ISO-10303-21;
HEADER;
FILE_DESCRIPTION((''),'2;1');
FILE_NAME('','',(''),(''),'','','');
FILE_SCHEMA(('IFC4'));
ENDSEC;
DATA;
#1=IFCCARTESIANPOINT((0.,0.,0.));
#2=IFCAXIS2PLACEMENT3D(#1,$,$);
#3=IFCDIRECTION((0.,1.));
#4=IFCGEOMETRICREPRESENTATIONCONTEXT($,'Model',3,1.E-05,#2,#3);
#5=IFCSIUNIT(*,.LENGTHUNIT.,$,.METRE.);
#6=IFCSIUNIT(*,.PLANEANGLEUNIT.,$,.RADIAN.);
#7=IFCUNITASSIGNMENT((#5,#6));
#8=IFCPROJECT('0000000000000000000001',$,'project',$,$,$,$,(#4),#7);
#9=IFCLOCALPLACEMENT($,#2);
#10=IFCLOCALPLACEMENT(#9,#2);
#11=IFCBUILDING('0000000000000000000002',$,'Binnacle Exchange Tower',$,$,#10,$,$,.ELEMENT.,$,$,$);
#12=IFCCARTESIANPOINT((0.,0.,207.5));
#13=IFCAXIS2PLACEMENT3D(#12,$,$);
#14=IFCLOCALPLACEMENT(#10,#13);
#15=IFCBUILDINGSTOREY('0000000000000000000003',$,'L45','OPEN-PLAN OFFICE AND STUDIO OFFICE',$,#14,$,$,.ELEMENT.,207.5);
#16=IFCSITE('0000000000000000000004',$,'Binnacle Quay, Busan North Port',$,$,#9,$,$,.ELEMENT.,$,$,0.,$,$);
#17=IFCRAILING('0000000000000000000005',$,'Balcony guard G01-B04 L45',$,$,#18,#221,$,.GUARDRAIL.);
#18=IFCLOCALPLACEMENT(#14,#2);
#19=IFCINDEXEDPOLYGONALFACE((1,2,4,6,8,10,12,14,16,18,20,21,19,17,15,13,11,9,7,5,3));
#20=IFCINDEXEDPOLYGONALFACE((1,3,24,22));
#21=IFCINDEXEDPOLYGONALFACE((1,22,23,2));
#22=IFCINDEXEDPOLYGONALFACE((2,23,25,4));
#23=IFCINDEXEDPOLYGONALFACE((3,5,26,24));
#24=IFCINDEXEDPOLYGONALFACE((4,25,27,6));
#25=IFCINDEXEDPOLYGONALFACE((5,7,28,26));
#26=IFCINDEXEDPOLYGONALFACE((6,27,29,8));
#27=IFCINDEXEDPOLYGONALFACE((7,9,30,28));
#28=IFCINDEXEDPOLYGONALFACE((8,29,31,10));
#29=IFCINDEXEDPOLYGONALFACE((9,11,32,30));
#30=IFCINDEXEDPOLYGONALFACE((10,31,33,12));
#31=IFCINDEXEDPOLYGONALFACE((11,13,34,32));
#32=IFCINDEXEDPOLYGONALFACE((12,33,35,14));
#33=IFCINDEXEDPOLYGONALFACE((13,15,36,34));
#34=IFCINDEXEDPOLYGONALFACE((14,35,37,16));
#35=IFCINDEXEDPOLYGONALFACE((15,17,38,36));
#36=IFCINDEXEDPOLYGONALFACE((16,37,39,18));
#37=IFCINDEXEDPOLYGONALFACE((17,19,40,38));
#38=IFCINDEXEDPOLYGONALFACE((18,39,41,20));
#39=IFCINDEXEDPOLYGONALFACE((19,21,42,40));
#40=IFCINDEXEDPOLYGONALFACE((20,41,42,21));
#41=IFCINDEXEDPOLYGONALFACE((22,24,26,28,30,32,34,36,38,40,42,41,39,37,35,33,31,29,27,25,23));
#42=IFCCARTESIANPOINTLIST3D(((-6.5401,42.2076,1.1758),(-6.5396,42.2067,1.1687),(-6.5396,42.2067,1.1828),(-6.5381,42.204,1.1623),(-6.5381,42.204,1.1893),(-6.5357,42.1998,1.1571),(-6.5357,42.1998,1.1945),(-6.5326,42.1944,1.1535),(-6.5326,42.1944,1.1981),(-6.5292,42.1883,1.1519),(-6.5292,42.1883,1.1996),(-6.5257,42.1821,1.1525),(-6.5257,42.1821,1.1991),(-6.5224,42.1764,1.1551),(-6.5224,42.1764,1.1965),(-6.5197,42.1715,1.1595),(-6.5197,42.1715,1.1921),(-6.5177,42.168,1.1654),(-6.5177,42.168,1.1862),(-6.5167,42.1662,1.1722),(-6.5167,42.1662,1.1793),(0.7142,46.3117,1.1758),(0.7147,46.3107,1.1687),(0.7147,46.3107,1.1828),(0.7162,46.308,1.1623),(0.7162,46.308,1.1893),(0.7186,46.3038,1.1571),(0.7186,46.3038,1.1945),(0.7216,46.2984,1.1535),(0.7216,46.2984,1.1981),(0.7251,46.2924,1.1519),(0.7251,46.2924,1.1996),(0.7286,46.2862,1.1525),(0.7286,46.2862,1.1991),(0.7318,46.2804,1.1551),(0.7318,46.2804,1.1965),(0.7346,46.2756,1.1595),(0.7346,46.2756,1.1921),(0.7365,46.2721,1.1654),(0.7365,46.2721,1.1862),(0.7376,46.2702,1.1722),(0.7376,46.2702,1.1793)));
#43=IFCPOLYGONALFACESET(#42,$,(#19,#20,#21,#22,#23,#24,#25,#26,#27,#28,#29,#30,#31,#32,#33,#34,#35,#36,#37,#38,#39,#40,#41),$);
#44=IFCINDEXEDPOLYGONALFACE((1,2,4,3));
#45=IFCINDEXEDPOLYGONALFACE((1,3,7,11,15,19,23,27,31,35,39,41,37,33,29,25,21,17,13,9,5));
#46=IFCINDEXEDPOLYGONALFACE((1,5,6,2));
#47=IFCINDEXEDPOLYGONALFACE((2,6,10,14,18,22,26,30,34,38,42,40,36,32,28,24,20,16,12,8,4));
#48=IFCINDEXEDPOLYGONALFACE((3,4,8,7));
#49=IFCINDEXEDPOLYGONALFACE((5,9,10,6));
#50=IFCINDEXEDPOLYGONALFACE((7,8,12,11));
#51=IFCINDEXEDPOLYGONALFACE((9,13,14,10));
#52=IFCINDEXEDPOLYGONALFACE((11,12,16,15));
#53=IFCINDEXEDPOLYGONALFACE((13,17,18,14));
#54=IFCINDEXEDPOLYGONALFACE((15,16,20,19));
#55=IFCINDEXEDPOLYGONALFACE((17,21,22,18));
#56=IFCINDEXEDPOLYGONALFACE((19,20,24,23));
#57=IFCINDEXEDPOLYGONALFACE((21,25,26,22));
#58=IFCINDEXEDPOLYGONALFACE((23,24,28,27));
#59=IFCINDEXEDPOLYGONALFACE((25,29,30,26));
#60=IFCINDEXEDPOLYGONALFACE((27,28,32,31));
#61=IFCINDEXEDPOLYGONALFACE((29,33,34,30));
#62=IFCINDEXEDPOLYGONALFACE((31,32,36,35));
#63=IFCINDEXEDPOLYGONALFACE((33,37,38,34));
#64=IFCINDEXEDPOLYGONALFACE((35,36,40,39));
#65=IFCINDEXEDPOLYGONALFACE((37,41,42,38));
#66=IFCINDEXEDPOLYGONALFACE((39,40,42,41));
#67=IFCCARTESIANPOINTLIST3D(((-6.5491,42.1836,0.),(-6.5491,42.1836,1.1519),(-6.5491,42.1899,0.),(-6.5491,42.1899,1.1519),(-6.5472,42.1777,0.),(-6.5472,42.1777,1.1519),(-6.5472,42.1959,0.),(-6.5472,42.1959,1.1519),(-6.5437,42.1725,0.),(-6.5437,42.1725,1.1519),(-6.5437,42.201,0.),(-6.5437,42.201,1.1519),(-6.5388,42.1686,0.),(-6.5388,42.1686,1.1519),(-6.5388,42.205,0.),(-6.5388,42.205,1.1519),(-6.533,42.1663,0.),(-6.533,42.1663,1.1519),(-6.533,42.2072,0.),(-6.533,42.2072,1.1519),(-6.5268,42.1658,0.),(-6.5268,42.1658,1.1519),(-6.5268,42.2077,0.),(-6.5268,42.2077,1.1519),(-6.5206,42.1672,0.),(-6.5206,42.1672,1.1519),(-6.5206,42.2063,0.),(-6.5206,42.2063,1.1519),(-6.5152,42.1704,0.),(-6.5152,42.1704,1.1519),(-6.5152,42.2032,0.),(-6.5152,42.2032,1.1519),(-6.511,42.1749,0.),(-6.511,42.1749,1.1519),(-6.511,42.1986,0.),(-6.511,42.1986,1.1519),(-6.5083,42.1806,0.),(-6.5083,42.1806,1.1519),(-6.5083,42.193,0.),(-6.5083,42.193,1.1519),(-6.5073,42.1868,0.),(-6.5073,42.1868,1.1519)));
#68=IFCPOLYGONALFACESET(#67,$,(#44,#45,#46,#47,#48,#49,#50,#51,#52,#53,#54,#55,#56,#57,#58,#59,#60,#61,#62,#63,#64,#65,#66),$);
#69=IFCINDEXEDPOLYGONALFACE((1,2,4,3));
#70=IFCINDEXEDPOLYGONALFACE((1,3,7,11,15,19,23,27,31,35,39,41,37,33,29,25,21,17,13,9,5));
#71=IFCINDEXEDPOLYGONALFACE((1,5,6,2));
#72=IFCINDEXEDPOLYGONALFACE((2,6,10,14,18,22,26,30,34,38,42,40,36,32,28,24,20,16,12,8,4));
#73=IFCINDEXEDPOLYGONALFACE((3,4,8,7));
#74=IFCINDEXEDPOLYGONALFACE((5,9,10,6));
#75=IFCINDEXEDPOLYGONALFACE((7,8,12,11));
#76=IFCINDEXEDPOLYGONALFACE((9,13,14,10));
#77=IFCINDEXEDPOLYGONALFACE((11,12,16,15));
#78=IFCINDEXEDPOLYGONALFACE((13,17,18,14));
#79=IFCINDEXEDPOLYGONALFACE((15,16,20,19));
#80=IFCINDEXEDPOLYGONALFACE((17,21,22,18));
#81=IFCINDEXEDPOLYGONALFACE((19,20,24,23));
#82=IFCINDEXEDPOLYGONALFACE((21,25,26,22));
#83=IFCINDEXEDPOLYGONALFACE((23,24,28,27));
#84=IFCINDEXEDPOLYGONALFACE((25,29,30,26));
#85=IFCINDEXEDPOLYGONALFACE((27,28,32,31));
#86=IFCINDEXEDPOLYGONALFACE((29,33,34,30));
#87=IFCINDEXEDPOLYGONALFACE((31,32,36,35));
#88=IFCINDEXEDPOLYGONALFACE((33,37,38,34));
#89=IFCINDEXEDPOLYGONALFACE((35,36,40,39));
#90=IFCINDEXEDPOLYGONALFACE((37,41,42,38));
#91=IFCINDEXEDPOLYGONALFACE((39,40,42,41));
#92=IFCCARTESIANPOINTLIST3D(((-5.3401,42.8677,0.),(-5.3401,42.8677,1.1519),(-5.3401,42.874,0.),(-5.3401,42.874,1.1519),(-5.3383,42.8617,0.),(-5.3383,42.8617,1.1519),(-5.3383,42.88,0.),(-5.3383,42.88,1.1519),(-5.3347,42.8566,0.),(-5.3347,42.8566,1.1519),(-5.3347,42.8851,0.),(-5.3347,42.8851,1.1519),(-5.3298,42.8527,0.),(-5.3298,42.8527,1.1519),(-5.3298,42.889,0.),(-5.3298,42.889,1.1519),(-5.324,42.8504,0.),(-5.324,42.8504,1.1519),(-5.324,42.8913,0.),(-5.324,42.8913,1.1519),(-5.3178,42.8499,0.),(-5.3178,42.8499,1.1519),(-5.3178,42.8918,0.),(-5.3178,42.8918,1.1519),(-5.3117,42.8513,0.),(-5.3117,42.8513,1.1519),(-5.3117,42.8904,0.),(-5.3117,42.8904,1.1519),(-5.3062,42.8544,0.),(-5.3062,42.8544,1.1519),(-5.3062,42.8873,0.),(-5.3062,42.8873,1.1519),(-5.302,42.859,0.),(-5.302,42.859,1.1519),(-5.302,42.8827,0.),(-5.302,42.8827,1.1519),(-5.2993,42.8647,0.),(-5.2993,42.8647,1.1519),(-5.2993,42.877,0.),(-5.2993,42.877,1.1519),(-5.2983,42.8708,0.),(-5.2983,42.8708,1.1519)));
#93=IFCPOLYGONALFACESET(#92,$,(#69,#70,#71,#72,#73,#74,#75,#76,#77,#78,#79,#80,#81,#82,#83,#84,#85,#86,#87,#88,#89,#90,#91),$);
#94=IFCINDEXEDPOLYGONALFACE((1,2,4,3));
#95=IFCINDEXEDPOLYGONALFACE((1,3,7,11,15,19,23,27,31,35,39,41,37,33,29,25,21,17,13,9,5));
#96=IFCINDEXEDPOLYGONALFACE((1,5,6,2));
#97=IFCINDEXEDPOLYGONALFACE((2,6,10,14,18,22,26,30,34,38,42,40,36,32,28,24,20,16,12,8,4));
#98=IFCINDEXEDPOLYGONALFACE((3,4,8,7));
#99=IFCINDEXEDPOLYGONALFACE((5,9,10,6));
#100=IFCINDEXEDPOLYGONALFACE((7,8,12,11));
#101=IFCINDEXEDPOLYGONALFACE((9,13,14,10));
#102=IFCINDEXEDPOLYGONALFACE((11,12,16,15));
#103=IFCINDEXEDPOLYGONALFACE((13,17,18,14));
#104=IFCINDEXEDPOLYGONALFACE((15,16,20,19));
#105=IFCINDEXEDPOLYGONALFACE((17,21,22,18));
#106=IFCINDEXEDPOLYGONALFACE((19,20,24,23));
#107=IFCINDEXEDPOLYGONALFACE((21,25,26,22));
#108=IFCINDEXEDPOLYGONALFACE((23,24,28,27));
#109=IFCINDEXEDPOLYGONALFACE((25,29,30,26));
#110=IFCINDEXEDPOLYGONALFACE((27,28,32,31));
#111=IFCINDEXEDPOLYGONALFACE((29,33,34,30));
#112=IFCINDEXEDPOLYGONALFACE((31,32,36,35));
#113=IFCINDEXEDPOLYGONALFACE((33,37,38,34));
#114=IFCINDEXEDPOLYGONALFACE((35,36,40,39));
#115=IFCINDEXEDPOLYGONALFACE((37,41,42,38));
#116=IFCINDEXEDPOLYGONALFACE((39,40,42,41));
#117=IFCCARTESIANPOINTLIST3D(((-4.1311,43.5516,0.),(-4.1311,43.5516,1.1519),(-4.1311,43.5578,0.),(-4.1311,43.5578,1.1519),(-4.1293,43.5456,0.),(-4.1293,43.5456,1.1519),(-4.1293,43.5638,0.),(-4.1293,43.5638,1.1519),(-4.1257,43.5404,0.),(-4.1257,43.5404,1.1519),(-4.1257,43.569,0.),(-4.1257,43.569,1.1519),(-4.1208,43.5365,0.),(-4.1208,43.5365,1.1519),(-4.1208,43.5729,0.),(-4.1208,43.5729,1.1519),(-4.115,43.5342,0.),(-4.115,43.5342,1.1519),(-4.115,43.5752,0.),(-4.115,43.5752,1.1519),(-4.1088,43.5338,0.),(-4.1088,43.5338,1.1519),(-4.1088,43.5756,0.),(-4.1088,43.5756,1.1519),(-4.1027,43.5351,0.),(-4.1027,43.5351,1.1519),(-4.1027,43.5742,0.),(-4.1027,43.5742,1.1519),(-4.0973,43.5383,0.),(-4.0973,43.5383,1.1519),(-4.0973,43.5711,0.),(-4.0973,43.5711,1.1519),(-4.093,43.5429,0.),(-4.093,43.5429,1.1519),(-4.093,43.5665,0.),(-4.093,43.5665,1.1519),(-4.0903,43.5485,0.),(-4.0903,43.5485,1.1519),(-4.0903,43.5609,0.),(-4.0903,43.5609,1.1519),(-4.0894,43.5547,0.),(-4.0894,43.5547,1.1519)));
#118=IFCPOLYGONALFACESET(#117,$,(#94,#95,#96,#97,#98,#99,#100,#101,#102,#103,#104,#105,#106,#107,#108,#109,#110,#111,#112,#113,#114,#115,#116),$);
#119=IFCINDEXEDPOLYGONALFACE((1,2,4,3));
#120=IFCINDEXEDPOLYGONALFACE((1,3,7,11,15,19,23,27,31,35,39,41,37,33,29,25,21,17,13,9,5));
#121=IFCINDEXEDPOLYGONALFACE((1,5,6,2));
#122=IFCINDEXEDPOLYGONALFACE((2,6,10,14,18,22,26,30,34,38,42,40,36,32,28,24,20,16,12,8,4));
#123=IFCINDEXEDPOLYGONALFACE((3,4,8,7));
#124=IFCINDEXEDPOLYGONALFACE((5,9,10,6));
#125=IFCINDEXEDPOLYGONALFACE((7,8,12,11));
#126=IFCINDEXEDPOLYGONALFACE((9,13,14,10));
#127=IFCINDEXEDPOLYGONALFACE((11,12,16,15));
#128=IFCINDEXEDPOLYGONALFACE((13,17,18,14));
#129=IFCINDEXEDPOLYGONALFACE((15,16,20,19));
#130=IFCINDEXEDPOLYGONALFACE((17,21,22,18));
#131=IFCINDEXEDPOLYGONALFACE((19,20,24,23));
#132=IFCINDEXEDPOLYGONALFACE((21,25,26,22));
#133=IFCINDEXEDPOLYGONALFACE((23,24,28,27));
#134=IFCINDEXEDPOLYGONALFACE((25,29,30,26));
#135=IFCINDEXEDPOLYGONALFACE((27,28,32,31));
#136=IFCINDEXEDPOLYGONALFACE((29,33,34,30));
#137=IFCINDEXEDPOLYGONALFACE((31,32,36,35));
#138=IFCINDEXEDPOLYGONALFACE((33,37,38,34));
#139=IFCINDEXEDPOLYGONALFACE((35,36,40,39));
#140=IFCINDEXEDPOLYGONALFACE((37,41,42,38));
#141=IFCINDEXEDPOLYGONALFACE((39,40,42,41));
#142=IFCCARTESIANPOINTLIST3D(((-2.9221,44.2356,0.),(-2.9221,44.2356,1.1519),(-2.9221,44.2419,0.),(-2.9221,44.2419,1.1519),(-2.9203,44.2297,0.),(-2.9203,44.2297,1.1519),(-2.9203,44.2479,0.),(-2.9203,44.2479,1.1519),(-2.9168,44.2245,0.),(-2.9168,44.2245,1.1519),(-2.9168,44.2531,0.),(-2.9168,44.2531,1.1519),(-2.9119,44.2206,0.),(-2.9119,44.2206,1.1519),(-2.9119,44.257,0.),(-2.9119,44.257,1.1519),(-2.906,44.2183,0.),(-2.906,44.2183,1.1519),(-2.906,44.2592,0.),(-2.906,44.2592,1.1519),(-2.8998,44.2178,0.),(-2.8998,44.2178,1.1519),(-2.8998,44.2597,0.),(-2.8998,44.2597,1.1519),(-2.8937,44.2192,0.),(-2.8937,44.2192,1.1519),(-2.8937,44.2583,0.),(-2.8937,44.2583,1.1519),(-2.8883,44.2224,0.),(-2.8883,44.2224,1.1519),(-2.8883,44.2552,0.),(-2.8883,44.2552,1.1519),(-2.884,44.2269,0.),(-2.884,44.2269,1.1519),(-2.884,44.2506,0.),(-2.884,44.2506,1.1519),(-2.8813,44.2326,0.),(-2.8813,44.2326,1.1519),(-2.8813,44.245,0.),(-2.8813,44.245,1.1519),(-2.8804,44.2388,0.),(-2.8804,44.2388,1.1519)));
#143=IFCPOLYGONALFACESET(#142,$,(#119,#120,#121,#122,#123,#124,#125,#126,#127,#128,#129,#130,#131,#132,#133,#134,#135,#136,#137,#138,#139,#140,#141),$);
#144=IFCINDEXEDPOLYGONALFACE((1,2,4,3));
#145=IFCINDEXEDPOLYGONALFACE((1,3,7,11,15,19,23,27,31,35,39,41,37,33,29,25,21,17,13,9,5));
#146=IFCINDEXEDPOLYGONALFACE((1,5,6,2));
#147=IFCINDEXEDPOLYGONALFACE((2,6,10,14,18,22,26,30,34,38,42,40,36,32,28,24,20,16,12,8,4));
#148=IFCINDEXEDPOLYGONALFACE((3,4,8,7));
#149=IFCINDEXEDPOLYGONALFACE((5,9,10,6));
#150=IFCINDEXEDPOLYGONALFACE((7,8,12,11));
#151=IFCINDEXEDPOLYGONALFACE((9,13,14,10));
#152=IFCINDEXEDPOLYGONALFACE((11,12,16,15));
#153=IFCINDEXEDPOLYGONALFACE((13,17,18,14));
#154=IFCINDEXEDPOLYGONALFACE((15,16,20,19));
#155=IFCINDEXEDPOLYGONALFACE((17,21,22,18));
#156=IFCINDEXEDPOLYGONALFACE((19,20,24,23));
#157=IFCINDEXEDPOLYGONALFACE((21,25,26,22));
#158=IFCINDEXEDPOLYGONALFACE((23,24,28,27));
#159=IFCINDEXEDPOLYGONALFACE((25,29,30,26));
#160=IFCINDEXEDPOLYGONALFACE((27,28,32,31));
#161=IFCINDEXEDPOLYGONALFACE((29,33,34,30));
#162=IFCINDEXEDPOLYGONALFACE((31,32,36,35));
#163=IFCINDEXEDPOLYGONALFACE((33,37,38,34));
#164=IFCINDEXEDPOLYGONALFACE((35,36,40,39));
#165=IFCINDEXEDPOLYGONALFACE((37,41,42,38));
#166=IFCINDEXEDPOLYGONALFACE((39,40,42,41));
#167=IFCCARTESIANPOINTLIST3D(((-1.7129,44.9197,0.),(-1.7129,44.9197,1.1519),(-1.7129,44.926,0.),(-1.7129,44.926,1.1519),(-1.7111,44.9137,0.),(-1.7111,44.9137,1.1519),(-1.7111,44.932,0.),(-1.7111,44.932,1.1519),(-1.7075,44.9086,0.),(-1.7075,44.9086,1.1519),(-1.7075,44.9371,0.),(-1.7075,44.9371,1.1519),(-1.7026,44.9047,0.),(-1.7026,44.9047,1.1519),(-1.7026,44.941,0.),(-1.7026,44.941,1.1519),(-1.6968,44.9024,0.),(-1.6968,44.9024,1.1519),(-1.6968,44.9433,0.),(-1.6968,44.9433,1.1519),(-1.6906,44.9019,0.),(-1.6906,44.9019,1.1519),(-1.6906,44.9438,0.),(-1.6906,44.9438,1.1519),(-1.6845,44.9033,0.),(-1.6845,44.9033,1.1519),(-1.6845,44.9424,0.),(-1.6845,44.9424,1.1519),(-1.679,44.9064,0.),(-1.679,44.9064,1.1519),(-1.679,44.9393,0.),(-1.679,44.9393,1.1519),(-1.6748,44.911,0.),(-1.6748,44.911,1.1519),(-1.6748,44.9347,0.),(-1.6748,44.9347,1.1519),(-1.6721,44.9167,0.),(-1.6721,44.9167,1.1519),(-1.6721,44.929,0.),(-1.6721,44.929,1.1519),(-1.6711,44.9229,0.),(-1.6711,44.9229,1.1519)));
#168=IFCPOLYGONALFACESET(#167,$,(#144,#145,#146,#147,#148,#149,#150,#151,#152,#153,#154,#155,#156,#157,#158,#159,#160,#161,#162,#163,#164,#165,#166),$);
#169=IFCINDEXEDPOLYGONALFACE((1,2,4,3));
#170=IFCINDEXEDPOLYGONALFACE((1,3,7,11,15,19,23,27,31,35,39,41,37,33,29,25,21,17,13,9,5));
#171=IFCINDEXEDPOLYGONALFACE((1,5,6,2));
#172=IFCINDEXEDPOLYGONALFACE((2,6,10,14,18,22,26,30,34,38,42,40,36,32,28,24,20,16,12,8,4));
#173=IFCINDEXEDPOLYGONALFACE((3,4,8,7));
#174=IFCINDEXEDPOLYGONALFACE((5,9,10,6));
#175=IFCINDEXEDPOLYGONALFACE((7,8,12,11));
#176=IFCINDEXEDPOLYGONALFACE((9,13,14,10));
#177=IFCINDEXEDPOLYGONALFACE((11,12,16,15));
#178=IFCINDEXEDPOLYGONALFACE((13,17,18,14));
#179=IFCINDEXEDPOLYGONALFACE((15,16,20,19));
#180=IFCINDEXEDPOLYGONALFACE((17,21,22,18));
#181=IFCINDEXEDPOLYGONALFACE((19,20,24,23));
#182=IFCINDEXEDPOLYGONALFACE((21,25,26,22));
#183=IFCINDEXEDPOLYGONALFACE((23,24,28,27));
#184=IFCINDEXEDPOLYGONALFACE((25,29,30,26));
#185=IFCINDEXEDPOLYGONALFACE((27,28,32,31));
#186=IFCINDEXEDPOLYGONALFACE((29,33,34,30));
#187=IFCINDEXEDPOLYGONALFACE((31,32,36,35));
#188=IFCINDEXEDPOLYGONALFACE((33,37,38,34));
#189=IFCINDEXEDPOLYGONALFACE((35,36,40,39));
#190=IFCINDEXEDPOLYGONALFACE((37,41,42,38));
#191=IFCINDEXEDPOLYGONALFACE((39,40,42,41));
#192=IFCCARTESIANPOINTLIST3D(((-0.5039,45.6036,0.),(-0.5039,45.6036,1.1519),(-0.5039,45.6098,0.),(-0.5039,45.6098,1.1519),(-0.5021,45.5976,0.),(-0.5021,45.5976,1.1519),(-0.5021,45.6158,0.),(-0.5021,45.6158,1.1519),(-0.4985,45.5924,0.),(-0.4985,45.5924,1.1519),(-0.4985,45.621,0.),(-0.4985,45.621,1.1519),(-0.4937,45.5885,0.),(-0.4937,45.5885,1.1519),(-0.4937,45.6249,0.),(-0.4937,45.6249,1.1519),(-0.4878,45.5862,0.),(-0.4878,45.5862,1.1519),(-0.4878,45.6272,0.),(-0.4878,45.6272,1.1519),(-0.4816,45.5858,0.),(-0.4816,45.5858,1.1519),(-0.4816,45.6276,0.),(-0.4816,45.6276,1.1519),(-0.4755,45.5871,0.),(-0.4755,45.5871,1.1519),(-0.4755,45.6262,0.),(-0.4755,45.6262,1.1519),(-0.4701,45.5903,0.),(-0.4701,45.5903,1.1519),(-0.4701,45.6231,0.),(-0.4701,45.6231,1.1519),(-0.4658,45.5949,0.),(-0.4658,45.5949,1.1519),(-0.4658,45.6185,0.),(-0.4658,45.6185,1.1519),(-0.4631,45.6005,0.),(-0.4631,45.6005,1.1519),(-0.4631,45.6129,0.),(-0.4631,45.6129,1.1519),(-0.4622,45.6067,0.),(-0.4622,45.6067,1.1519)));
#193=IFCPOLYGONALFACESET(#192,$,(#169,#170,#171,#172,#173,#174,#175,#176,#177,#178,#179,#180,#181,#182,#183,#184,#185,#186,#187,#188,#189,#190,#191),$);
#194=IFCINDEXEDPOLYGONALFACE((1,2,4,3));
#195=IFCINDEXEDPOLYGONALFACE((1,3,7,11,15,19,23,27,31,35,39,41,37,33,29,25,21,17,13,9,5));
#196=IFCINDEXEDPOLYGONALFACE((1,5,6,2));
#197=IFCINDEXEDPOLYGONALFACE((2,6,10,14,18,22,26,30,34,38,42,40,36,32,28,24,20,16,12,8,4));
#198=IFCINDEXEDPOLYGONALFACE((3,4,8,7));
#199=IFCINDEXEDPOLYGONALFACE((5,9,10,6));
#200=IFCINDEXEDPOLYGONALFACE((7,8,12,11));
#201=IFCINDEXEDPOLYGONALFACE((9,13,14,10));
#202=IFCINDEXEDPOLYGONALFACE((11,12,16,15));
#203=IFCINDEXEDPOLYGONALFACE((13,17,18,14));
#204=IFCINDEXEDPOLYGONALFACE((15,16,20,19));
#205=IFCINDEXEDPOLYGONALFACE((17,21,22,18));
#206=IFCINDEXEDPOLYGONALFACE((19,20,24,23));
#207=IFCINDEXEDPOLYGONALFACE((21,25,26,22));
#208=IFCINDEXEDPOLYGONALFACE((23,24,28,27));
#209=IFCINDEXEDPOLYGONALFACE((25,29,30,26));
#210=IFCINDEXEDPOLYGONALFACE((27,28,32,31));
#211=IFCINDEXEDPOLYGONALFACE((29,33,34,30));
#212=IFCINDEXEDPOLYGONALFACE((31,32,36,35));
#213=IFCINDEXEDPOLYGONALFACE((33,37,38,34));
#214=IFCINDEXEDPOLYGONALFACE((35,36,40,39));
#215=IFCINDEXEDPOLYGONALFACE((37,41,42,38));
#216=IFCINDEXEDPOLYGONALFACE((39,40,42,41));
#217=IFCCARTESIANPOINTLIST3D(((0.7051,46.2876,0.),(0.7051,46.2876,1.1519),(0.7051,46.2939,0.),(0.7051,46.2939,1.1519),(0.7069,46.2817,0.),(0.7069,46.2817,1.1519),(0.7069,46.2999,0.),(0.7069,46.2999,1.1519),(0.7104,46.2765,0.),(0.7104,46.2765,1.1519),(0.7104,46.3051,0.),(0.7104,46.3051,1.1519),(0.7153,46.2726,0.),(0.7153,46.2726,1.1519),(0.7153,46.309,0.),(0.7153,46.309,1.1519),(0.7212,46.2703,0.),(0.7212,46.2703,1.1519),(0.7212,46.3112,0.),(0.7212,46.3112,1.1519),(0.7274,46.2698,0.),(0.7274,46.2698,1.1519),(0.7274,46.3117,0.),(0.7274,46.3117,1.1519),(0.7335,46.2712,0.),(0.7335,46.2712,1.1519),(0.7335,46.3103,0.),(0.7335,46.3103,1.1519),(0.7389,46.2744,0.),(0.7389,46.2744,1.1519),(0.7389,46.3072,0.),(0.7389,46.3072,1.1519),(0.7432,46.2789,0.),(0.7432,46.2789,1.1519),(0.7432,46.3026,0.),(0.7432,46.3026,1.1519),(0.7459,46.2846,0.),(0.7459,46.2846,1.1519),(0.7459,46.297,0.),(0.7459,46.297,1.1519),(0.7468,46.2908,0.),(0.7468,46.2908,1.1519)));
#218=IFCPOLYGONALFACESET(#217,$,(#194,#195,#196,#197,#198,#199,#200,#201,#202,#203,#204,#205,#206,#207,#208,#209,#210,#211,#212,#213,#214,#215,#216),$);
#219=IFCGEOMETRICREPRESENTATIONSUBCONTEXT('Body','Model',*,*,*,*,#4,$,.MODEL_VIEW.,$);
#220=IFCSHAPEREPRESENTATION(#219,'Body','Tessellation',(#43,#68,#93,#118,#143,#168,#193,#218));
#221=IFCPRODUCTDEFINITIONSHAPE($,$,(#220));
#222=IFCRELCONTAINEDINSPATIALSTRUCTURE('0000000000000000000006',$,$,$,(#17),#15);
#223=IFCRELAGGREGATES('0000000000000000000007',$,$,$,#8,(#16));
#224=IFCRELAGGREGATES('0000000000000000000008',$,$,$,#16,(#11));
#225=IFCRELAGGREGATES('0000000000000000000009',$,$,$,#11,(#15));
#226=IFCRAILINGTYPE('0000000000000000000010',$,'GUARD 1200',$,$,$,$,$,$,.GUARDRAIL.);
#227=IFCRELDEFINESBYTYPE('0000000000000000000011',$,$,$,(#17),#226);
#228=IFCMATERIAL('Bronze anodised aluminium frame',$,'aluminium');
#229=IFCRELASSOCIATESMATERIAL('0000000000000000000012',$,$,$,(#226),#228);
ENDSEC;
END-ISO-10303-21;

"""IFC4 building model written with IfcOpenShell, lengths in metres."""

from ifc_helpers import new_model, si_unit, direction, frame, origin, origin_2d, place, context, subcontext, project, spatial, circle, extrude, material, type_object, element, save


model = new_model("IFC4")

# Units and contexts
model_context = context("Model", 3, precision=1e-05, world=origin(), true_north=direction((0.0, 1.0)))
body_context = subcontext(model_context, "Body", "Model", "MODEL_VIEW")
ifc_project = project(units=[si_unit("LENGTHUNIT", "METRE"), si_unit("PLANEANGLEUNIT", "RADIAN")], contexts=[model_context])

# Site, building, storey
site_placement = place(None, origin())
site = spatial("IfcSite", under=ifc_project, at=site_placement, Name="Binnacle Quay, Busan North Port", CompositionType="ELEMENT", RefElevation=0.0)
building_placement = place(site_placement, origin())
building = spatial("IfcBuilding", under=site, at=building_placement, Name="Binnacle Exchange Tower", CompositionType="ELEMENT")
storey_placement = place(building_placement, frame((0.0, 0.0, 207.5)))
storey = spatial("IfcBuildingStorey", under=building, at=storey_placement, Name="L45", Description="OPEN-PLAN OFFICE AND STUDIO OFFICE", CompositionType="ELEMENT", Elevation=207.5)

# Railing
ifc_material_1 = material(Name="Bronze anodised aluminium frame", Category="aluminium")
railing_type = type_object("IfcRailingType", Name="GUARD 1200", PredefinedType="GUARDRAIL", material=ifc_material_1)
railing_1_placement = place(storey_placement, frame((-6.5283, 42.1868, 0.0)))
element("IfcRailing", 1, at=railing_1_placement, inside=storey, type_object=railing_type, Name="Balcony guard G01-B04 L45", PredefinedType="GUARDRAIL", context=body_context, shape_type="SweptSolid", body=[
    extrude(circle(Radius=0.0239, at=origin_2d()), frame((0.0, 0.0, 1.1758), z_axis=(0.870366, 0.492406, 0.0), x_axis=(-0.492406, 0.870366, 0.0)), (0.0, 0.0, 1.0), 8.3347),
    extrude(circle(Radius=0.021, at=origin_2d()), origin(), (0.0, 0.0, 1.0), 1.1519),
    extrude(circle(Radius=0.021, at=origin_2d()), frame((1.209, 0.6841, 0.0)), (0.0, 0.0, 1.0), 1.1519),
    extrude(circle(Radius=0.021, at=origin_2d()), frame((2.418, 1.3679, 0.0)), (0.0, 0.0, 1.0), 1.1519),
    extrude(circle(Radius=0.021, at=origin_2d()), frame((3.627, 2.052, 0.0)), (0.0, 0.0, 1.0), 1.1519),
    extrude(circle(Radius=0.021, at=origin_2d()), frame((4.8362, 2.7361, 0.0)), (0.0, 0.0, 1.0), 1.1519),
    extrude(circle(Radius=0.021, at=origin_2d()), frame((6.0452, 3.4199, 0.0)), (0.0, 0.0, 1.0), 1.1519),
    extrude(circle(Radius=0.021, at=origin_2d()), frame((7.2542, 4.104, 0.0)), (0.0, 0.0, 1.0), 1.1519),
])

save(model, "model.ifc")
